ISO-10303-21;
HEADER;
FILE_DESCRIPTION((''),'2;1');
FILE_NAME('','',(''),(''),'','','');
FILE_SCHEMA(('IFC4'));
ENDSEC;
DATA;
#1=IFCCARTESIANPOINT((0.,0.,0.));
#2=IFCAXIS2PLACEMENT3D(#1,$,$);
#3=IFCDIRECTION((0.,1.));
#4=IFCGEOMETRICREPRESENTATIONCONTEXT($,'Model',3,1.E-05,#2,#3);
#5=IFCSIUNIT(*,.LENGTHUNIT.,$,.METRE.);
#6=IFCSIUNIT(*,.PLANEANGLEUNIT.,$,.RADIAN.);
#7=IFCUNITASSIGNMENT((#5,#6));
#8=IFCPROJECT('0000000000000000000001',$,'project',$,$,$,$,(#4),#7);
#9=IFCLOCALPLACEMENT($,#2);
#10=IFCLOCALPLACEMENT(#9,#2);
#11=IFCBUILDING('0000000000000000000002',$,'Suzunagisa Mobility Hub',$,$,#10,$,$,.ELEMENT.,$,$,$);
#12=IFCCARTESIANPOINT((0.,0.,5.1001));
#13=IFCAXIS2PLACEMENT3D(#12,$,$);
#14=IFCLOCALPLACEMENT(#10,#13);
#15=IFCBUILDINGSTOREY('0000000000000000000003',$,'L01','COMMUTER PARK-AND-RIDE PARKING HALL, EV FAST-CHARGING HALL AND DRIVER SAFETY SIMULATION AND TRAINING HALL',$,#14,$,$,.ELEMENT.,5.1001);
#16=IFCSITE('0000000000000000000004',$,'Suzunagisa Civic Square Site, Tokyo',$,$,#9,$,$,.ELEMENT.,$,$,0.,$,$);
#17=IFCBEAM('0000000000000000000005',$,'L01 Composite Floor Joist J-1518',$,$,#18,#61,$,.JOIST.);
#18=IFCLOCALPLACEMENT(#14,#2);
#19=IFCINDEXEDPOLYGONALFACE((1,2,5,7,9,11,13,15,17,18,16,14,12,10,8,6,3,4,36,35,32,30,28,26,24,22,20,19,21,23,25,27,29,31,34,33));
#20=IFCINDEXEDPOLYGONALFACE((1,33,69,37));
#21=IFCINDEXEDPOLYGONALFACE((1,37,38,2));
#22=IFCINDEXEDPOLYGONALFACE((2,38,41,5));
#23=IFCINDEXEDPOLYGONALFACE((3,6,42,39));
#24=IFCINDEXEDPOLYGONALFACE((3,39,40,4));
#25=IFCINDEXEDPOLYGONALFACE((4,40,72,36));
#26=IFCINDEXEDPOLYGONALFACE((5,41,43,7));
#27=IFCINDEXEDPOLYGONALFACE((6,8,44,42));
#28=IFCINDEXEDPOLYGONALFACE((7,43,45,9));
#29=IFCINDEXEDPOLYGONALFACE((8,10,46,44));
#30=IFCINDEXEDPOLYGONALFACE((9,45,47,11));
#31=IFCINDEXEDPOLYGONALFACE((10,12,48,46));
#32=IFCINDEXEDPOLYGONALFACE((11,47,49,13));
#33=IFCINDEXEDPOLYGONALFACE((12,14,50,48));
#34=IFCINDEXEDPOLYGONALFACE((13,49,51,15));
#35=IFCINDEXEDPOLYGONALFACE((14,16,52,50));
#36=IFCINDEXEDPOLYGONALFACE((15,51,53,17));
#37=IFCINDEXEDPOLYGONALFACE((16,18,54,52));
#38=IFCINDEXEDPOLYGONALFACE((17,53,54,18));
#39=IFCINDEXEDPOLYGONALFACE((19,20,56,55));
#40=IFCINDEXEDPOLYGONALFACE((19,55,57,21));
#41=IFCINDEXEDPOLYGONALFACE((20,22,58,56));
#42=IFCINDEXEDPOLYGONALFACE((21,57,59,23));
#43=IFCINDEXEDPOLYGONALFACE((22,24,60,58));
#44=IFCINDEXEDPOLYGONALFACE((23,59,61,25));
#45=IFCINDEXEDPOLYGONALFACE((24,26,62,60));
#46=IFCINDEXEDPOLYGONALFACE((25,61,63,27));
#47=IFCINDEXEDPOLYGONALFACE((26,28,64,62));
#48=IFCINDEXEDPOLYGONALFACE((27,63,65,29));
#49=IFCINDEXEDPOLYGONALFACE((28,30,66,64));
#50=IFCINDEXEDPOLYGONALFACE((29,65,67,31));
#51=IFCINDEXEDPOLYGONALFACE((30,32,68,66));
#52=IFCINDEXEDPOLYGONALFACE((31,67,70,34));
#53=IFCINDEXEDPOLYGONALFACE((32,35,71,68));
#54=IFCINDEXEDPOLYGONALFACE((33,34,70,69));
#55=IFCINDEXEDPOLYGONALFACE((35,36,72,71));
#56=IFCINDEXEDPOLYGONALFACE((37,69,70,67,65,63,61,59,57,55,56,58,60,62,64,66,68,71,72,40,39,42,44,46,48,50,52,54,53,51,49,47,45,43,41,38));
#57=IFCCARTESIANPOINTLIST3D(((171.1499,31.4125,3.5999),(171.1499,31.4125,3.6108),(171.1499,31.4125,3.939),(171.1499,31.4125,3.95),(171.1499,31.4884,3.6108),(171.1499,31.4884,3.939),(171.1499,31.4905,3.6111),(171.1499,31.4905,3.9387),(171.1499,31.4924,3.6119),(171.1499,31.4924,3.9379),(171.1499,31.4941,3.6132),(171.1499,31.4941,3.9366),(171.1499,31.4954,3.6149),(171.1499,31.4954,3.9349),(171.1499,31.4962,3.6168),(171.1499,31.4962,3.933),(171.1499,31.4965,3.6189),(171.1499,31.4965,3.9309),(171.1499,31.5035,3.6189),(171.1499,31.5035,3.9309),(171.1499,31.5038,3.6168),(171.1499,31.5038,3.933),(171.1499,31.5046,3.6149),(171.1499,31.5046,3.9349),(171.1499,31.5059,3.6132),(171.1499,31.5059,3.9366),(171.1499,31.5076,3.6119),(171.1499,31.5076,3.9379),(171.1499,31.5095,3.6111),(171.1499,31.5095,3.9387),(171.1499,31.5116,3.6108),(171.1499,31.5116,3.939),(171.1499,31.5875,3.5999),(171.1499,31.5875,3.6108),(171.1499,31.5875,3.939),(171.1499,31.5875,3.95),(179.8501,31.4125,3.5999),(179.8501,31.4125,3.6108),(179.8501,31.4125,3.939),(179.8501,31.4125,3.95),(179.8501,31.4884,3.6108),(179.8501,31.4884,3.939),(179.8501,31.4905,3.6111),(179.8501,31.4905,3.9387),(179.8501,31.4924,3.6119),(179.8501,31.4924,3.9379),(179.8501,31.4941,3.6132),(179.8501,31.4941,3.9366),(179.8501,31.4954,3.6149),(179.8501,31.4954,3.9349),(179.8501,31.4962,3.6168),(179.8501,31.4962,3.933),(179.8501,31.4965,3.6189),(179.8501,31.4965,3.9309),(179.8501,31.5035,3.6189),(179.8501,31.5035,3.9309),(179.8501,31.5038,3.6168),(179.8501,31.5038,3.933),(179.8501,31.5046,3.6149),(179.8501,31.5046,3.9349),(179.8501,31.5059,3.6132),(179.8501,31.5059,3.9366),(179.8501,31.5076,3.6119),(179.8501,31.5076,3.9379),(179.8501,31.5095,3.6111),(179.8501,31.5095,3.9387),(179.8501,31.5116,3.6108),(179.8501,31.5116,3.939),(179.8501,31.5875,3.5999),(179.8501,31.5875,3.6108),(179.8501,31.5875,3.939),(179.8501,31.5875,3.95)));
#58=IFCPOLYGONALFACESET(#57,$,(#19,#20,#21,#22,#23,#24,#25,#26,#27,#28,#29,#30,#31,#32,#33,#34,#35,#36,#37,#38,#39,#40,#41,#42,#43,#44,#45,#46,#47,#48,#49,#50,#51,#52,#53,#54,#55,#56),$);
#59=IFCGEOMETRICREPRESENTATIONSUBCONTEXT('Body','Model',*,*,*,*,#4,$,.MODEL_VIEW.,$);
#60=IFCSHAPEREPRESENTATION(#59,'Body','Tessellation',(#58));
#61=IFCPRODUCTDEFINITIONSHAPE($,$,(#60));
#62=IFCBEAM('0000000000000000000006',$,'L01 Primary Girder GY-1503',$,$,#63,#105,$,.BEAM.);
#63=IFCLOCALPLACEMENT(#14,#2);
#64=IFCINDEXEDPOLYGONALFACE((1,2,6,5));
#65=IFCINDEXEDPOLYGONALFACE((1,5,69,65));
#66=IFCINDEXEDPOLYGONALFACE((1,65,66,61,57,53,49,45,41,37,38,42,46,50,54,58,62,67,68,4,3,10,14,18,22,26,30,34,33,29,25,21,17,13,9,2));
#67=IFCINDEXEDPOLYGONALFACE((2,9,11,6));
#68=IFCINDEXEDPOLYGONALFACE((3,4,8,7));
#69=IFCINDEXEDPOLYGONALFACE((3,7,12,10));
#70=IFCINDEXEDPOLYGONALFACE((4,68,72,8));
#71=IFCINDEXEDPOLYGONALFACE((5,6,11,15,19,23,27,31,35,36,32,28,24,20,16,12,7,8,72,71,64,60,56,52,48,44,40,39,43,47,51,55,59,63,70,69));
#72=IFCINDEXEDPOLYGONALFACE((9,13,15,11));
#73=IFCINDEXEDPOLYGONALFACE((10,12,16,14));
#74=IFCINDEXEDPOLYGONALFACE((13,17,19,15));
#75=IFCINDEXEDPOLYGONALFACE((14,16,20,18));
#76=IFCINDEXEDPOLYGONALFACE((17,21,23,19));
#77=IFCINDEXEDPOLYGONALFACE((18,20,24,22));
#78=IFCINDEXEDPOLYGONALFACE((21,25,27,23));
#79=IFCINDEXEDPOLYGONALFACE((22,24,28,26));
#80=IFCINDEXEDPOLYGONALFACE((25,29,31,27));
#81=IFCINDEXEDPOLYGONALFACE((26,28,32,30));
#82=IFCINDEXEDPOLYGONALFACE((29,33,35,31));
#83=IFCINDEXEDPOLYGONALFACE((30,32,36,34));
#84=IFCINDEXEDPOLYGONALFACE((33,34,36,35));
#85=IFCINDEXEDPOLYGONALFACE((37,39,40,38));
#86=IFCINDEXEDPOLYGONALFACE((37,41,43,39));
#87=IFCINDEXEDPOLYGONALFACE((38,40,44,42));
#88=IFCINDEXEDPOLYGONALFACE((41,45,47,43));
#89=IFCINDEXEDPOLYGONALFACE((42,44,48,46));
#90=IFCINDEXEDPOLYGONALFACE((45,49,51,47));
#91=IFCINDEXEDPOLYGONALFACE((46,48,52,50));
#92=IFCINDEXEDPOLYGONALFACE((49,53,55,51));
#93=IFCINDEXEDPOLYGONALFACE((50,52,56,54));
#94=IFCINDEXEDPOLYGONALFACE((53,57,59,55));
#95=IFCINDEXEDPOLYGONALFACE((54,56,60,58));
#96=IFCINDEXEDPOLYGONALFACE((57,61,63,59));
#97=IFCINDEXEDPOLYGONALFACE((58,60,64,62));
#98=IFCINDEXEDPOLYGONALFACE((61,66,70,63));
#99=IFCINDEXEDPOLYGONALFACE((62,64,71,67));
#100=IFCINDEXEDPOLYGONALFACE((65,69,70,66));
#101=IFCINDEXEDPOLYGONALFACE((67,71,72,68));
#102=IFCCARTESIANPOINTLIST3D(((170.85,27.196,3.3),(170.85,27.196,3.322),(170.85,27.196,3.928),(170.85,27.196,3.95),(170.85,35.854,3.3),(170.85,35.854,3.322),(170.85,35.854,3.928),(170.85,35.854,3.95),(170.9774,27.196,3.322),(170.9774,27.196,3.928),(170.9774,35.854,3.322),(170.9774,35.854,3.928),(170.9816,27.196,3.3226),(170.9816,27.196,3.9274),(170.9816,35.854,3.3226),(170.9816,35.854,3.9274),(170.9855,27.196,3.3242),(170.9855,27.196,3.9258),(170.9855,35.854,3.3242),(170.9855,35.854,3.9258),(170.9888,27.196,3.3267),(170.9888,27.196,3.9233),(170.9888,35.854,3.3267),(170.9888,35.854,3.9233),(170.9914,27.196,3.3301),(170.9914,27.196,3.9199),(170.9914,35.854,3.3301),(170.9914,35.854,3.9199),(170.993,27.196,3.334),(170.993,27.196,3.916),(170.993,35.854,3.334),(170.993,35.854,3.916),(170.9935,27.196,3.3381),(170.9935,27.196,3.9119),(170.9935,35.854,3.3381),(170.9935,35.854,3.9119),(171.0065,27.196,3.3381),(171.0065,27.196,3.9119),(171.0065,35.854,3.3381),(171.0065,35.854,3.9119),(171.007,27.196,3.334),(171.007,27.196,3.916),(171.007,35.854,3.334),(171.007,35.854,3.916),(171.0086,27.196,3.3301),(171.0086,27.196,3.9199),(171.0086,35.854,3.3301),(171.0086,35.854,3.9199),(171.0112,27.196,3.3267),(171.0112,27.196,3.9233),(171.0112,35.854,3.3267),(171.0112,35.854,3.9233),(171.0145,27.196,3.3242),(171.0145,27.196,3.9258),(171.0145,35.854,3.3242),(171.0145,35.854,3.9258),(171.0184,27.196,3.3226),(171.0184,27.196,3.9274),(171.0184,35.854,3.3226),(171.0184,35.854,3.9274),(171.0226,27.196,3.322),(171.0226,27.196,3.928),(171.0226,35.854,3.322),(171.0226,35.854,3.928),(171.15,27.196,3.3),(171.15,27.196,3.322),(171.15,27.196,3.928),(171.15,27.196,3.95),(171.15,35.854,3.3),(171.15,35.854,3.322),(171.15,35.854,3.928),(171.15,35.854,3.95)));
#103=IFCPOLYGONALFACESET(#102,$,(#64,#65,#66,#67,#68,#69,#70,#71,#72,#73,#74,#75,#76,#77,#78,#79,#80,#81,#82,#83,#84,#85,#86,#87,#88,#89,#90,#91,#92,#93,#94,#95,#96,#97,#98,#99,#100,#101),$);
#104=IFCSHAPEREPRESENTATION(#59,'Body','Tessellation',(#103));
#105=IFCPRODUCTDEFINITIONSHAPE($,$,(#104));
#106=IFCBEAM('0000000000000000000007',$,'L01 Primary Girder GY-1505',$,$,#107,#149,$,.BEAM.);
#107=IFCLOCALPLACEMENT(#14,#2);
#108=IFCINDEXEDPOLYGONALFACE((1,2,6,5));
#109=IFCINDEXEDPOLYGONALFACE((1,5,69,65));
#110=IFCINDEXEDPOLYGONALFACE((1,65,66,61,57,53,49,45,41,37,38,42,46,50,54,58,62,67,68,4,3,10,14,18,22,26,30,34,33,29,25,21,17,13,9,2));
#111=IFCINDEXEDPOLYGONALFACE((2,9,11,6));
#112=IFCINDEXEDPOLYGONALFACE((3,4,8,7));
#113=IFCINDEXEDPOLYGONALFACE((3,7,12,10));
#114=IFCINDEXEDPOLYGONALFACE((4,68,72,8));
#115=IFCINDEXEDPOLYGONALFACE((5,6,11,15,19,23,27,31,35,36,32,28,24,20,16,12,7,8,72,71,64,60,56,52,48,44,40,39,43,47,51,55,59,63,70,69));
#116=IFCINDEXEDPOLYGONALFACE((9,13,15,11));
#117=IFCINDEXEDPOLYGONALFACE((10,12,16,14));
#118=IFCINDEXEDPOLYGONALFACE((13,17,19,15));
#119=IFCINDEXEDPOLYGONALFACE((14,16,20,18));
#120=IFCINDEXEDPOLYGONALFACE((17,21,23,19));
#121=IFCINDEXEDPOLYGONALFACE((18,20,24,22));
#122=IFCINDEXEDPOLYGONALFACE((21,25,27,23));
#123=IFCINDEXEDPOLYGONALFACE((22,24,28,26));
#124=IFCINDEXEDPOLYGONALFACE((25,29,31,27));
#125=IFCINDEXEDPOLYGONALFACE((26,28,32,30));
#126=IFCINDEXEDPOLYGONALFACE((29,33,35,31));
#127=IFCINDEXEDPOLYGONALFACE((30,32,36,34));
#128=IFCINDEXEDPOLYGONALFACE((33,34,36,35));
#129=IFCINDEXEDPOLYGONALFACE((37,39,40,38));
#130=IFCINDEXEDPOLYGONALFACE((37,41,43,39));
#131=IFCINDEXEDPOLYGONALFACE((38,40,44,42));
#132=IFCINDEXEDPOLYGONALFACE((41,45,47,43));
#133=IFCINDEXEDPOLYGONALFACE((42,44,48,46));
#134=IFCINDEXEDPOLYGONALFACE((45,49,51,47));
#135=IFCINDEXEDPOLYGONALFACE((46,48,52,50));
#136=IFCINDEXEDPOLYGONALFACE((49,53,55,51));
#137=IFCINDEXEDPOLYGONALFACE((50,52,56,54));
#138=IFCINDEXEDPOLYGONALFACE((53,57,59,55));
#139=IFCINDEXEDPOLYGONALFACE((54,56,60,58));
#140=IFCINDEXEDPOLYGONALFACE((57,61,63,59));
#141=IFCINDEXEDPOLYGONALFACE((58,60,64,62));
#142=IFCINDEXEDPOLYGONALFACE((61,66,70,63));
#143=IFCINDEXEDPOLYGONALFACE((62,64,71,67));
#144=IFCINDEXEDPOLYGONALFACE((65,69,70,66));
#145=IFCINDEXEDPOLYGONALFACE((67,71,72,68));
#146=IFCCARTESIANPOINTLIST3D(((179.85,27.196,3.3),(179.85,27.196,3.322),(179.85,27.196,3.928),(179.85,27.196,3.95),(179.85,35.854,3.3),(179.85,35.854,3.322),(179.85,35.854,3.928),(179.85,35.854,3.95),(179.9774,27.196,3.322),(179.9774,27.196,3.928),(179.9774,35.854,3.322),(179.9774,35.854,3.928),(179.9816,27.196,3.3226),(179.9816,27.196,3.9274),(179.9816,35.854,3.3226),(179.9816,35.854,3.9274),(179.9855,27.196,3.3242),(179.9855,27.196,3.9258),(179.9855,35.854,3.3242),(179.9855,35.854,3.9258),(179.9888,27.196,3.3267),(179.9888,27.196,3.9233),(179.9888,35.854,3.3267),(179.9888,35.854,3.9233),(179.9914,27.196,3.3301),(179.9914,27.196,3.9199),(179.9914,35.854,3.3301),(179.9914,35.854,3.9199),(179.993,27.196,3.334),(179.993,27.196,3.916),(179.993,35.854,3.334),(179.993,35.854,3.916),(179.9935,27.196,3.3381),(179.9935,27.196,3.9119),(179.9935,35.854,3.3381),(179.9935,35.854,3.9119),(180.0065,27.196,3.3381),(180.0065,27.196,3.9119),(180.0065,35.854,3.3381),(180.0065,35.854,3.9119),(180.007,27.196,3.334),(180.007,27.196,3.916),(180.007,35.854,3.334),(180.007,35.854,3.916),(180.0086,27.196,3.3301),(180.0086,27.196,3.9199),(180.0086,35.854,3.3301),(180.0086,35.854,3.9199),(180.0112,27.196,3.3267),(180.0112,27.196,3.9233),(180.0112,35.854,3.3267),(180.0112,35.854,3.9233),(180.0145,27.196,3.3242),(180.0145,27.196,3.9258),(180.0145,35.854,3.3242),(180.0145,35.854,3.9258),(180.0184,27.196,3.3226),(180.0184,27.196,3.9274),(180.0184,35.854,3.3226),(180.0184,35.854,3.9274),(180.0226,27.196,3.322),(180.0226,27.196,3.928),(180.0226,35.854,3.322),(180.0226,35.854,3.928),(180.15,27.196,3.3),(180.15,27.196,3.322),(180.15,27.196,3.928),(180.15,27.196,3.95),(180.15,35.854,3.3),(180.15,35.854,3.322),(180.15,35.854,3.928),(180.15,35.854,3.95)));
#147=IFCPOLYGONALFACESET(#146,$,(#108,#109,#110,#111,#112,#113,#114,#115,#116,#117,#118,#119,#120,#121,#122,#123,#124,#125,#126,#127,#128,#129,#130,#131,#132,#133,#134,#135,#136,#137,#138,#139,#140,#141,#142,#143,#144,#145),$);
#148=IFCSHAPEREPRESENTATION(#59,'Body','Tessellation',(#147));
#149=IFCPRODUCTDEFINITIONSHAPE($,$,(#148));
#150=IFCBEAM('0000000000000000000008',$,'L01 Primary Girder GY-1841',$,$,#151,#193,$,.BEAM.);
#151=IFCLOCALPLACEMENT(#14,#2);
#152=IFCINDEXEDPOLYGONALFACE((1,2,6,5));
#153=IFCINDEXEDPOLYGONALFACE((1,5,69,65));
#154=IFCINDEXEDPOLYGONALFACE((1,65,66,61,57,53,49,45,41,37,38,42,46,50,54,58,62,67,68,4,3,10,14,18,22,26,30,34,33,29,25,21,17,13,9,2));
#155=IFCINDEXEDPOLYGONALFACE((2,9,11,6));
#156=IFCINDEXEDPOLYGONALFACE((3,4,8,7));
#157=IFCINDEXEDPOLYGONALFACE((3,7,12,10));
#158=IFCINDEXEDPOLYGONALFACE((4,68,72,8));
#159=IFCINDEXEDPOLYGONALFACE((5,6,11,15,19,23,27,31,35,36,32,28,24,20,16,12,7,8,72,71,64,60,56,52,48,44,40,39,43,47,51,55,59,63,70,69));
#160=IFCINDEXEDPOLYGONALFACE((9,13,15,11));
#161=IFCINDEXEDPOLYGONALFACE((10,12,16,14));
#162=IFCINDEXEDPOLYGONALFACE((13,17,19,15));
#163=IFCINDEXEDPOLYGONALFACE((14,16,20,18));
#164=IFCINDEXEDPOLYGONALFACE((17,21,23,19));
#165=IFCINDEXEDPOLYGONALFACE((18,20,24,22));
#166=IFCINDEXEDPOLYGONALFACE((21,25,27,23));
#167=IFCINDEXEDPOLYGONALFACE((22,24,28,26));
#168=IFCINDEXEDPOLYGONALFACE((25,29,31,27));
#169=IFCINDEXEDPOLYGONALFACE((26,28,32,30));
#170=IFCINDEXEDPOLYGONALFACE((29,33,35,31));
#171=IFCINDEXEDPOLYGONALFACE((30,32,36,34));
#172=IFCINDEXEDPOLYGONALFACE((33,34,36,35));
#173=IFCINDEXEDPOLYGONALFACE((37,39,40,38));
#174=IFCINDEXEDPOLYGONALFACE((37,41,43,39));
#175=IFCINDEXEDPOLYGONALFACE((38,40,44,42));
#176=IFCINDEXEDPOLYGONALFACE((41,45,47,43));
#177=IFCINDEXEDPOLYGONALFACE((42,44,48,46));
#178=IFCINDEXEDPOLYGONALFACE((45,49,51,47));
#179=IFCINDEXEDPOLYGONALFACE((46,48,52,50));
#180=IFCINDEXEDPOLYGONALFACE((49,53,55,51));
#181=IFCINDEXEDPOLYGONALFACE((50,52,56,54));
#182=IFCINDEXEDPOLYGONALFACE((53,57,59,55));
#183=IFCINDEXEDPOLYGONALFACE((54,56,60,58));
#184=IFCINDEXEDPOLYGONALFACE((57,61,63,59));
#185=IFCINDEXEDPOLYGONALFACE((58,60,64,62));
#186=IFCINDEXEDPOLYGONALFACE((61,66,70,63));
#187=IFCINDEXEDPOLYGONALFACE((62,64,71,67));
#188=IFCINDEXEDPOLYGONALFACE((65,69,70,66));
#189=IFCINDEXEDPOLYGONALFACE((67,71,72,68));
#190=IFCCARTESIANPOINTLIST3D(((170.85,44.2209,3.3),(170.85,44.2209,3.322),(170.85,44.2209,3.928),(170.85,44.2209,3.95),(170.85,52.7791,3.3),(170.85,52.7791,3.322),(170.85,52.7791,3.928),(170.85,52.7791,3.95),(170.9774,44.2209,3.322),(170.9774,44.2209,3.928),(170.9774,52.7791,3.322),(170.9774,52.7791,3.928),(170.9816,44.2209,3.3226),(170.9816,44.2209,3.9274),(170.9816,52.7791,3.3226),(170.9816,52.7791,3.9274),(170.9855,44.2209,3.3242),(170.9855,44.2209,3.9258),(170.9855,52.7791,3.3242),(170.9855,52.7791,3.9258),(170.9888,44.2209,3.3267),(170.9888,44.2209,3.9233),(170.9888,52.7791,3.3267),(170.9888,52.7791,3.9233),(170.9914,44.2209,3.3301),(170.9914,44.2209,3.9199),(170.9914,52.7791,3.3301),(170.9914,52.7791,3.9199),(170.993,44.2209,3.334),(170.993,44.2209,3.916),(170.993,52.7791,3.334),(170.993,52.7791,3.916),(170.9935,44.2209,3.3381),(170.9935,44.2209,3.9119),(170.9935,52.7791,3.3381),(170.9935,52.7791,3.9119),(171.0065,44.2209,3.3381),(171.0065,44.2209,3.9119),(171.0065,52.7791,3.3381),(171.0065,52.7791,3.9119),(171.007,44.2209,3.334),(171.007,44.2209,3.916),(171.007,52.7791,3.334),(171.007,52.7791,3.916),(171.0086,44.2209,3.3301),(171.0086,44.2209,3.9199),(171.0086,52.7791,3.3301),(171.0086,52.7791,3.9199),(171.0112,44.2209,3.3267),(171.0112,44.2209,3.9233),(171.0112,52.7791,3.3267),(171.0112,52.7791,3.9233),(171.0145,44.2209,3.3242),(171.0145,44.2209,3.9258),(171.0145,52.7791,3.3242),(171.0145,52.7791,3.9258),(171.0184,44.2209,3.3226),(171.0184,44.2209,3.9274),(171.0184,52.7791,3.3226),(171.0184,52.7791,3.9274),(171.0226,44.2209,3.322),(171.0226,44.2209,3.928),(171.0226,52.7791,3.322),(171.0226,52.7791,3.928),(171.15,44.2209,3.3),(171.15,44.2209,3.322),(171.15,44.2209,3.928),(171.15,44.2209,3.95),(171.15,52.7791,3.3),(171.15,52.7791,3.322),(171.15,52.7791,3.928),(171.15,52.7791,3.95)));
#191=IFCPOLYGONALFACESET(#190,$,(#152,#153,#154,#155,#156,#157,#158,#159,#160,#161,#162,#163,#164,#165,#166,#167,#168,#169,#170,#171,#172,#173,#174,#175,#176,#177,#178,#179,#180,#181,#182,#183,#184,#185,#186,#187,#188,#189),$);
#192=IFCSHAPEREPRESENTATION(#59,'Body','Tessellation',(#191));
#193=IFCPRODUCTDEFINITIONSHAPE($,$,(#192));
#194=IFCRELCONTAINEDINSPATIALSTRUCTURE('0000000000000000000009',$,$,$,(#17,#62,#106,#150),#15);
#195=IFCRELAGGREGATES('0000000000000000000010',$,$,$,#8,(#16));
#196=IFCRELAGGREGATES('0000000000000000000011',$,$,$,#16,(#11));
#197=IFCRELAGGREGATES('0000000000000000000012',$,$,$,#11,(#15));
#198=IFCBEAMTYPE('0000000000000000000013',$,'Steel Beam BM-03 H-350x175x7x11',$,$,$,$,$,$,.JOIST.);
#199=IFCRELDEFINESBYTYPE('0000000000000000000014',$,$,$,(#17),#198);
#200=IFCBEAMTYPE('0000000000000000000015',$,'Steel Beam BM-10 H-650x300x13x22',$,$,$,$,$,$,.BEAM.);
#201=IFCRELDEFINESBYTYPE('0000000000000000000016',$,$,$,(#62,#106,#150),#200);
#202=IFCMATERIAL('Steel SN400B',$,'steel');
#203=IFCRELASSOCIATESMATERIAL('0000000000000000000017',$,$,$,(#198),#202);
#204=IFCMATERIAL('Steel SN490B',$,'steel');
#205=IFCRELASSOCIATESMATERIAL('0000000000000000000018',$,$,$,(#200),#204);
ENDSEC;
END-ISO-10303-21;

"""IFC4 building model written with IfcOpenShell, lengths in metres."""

from ifc_helpers import new_model, si_unit, direction, frame, origin, origin_2d, place, context, subcontext, project, spatial, i_section, extrude, material, material_profile, profile_set, type_object, element, save


model = new_model("IFC4")

# Units and contexts
model_context = context("Model", 3, precision=1e-05, world=origin(), true_north=direction((0.0, 1.0)))
body_context = subcontext(model_context, "Body", "Model", "MODEL_VIEW")
ifc_project = project(units=[si_unit("LENGTHUNIT", "METRE"), si_unit("PLANEANGLEUNIT", "RADIAN")], contexts=[model_context])

# Site, building, storey
site_placement = place(None, origin())
site = spatial("IfcSite", under=ifc_project, at=site_placement, Name="Suzunagisa Civic Square Site, Tokyo", CompositionType="ELEMENT", RefElevation=0.0)
building_placement = place(site_placement, origin())
building = spatial("IfcBuilding", under=site, at=building_placement, Name="Suzunagisa Mobility Hub", CompositionType="ELEMENT")
storey_placement = place(building_placement, frame((0.0, 0.0, 5.1001)))
storey = spatial("IfcBuildingStorey", under=building, at=storey_placement, Name="L01", Description="COMMUTER PARK-AND-RIDE PARKING HALL, EV FAST-CHARGING HALL AND DRIVER SAFETY SIMULATION AND TRAINING HALL", CompositionType="ELEMENT", Elevation=5.1001)

# Shared definitions
ifc_material_1 = material(Name="Steel SN490B", Category="steel")

# Beams
ifc_material_2 = material(Name="Steel SN400B", Category="steel")
ifc_material_profile_1 = material_profile(ifc_material_2, i_section(OverallWidth=0.175, OverallDepth=0.3501, WebThickness=0.0071, FlangeThickness=0.011, FilletRadius=0.0081, at=origin_2d()), Name="H-350x175x7x11")
ifc_profile_set_1 = profile_set([ifc_material_profile_1], Name="Steel SN400B")
beam_type_1 = type_object("IfcBeamType", Name="Steel Beam BM-03 H-350x175x7x11", PredefinedType="JOIST", material=ifc_profile_set_1)
beam_1_placement = place(storey_placement, frame((171.1499, 31.5, 3.7749), z_axis=(1.0, 0.0, 0.0), x_axis=(0.0, 1.0, 0.0)))
element("IfcBeam", 1, at=beam_1_placement, inside=storey, type_object=beam_type_1, Name="L01 Composite Floor Joist J-1518", PredefinedType="JOIST", context=body_context, shape_type="SweptSolid", body=[
    extrude(i_section(OverallWidth=0.175, OverallDepth=0.3501, WebThickness=0.0071, FlangeThickness=0.011, FilletRadius=0.0081, at=origin_2d()), origin(), (0.0, 0.0, 1.0), 8.7002),
])
ifc_material_profile_2 = material_profile(ifc_material_1, i_section(OverallWidth=0.3, OverallDepth=0.6499, WebThickness=0.0129, FlangeThickness=0.022, FilletRadius=0.0161, at=origin_2d()), Name="H-650x300x13x22")
ifc_profile_set_2 = profile_set([ifc_material_profile_2], Name="Steel SN490B")
beam_type_2 = type_object("IfcBeamType", Name="Steel Beam BM-10 H-650x300x13x22", PredefinedType="BEAM", material=ifc_profile_set_2)
for number, where, z_axis, x_axis, name in (
    (2, (171.0, 27.196, 3.625), (0.0, 1.0, 0.0), (-1.0, 0.0, 0.0), "L01 Primary Girder GY-1503"),
    (3, (180.0, 27.196, 3.625), (0.0, 1.0, 0.0), (-1.0, 0.0, 0.0), "L01 Primary Girder GY-1505"),
):
    element("IfcBeam", number, at=place(storey_placement, frame(where, z_axis=z_axis, x_axis=x_axis)), inside=storey, type_object=beam_type_2, Name=name, PredefinedType="BEAM", context=body_context, shape_type="SweptSolid", body=[
        extrude(i_section(OverallWidth=0.3, OverallDepth=0.6499, WebThickness=0.0129, FlangeThickness=0.022, FilletRadius=0.0161, at=origin_2d()), origin(), (0.0, 0.0, 1.0), 8.658),
    ])
for number, where, z_axis, x_axis, name in (
    (4, (171.0, 44.2209, 3.625), (0.0, 1.0, 0.0), (-1.0, 0.0, 0.0), "L01 Primary Girder GY-1841"),
):
    element("IfcBeam", number, at=place(storey_placement, frame(where, z_axis=z_axis, x_axis=x_axis)), inside=storey, type_object=beam_type_2, Name=name, PredefinedType="BEAM", context=body_context, shape_type="SweptSolid", body=[
        extrude(i_section(OverallWidth=0.3, OverallDepth=0.6499, WebThickness=0.0129, FlangeThickness=0.022, FilletRadius=0.0161, at=origin_2d()), origin(), (0.0, 0.0, 1.0), 8.5581),
    ])

save(model, "model.ifc")
